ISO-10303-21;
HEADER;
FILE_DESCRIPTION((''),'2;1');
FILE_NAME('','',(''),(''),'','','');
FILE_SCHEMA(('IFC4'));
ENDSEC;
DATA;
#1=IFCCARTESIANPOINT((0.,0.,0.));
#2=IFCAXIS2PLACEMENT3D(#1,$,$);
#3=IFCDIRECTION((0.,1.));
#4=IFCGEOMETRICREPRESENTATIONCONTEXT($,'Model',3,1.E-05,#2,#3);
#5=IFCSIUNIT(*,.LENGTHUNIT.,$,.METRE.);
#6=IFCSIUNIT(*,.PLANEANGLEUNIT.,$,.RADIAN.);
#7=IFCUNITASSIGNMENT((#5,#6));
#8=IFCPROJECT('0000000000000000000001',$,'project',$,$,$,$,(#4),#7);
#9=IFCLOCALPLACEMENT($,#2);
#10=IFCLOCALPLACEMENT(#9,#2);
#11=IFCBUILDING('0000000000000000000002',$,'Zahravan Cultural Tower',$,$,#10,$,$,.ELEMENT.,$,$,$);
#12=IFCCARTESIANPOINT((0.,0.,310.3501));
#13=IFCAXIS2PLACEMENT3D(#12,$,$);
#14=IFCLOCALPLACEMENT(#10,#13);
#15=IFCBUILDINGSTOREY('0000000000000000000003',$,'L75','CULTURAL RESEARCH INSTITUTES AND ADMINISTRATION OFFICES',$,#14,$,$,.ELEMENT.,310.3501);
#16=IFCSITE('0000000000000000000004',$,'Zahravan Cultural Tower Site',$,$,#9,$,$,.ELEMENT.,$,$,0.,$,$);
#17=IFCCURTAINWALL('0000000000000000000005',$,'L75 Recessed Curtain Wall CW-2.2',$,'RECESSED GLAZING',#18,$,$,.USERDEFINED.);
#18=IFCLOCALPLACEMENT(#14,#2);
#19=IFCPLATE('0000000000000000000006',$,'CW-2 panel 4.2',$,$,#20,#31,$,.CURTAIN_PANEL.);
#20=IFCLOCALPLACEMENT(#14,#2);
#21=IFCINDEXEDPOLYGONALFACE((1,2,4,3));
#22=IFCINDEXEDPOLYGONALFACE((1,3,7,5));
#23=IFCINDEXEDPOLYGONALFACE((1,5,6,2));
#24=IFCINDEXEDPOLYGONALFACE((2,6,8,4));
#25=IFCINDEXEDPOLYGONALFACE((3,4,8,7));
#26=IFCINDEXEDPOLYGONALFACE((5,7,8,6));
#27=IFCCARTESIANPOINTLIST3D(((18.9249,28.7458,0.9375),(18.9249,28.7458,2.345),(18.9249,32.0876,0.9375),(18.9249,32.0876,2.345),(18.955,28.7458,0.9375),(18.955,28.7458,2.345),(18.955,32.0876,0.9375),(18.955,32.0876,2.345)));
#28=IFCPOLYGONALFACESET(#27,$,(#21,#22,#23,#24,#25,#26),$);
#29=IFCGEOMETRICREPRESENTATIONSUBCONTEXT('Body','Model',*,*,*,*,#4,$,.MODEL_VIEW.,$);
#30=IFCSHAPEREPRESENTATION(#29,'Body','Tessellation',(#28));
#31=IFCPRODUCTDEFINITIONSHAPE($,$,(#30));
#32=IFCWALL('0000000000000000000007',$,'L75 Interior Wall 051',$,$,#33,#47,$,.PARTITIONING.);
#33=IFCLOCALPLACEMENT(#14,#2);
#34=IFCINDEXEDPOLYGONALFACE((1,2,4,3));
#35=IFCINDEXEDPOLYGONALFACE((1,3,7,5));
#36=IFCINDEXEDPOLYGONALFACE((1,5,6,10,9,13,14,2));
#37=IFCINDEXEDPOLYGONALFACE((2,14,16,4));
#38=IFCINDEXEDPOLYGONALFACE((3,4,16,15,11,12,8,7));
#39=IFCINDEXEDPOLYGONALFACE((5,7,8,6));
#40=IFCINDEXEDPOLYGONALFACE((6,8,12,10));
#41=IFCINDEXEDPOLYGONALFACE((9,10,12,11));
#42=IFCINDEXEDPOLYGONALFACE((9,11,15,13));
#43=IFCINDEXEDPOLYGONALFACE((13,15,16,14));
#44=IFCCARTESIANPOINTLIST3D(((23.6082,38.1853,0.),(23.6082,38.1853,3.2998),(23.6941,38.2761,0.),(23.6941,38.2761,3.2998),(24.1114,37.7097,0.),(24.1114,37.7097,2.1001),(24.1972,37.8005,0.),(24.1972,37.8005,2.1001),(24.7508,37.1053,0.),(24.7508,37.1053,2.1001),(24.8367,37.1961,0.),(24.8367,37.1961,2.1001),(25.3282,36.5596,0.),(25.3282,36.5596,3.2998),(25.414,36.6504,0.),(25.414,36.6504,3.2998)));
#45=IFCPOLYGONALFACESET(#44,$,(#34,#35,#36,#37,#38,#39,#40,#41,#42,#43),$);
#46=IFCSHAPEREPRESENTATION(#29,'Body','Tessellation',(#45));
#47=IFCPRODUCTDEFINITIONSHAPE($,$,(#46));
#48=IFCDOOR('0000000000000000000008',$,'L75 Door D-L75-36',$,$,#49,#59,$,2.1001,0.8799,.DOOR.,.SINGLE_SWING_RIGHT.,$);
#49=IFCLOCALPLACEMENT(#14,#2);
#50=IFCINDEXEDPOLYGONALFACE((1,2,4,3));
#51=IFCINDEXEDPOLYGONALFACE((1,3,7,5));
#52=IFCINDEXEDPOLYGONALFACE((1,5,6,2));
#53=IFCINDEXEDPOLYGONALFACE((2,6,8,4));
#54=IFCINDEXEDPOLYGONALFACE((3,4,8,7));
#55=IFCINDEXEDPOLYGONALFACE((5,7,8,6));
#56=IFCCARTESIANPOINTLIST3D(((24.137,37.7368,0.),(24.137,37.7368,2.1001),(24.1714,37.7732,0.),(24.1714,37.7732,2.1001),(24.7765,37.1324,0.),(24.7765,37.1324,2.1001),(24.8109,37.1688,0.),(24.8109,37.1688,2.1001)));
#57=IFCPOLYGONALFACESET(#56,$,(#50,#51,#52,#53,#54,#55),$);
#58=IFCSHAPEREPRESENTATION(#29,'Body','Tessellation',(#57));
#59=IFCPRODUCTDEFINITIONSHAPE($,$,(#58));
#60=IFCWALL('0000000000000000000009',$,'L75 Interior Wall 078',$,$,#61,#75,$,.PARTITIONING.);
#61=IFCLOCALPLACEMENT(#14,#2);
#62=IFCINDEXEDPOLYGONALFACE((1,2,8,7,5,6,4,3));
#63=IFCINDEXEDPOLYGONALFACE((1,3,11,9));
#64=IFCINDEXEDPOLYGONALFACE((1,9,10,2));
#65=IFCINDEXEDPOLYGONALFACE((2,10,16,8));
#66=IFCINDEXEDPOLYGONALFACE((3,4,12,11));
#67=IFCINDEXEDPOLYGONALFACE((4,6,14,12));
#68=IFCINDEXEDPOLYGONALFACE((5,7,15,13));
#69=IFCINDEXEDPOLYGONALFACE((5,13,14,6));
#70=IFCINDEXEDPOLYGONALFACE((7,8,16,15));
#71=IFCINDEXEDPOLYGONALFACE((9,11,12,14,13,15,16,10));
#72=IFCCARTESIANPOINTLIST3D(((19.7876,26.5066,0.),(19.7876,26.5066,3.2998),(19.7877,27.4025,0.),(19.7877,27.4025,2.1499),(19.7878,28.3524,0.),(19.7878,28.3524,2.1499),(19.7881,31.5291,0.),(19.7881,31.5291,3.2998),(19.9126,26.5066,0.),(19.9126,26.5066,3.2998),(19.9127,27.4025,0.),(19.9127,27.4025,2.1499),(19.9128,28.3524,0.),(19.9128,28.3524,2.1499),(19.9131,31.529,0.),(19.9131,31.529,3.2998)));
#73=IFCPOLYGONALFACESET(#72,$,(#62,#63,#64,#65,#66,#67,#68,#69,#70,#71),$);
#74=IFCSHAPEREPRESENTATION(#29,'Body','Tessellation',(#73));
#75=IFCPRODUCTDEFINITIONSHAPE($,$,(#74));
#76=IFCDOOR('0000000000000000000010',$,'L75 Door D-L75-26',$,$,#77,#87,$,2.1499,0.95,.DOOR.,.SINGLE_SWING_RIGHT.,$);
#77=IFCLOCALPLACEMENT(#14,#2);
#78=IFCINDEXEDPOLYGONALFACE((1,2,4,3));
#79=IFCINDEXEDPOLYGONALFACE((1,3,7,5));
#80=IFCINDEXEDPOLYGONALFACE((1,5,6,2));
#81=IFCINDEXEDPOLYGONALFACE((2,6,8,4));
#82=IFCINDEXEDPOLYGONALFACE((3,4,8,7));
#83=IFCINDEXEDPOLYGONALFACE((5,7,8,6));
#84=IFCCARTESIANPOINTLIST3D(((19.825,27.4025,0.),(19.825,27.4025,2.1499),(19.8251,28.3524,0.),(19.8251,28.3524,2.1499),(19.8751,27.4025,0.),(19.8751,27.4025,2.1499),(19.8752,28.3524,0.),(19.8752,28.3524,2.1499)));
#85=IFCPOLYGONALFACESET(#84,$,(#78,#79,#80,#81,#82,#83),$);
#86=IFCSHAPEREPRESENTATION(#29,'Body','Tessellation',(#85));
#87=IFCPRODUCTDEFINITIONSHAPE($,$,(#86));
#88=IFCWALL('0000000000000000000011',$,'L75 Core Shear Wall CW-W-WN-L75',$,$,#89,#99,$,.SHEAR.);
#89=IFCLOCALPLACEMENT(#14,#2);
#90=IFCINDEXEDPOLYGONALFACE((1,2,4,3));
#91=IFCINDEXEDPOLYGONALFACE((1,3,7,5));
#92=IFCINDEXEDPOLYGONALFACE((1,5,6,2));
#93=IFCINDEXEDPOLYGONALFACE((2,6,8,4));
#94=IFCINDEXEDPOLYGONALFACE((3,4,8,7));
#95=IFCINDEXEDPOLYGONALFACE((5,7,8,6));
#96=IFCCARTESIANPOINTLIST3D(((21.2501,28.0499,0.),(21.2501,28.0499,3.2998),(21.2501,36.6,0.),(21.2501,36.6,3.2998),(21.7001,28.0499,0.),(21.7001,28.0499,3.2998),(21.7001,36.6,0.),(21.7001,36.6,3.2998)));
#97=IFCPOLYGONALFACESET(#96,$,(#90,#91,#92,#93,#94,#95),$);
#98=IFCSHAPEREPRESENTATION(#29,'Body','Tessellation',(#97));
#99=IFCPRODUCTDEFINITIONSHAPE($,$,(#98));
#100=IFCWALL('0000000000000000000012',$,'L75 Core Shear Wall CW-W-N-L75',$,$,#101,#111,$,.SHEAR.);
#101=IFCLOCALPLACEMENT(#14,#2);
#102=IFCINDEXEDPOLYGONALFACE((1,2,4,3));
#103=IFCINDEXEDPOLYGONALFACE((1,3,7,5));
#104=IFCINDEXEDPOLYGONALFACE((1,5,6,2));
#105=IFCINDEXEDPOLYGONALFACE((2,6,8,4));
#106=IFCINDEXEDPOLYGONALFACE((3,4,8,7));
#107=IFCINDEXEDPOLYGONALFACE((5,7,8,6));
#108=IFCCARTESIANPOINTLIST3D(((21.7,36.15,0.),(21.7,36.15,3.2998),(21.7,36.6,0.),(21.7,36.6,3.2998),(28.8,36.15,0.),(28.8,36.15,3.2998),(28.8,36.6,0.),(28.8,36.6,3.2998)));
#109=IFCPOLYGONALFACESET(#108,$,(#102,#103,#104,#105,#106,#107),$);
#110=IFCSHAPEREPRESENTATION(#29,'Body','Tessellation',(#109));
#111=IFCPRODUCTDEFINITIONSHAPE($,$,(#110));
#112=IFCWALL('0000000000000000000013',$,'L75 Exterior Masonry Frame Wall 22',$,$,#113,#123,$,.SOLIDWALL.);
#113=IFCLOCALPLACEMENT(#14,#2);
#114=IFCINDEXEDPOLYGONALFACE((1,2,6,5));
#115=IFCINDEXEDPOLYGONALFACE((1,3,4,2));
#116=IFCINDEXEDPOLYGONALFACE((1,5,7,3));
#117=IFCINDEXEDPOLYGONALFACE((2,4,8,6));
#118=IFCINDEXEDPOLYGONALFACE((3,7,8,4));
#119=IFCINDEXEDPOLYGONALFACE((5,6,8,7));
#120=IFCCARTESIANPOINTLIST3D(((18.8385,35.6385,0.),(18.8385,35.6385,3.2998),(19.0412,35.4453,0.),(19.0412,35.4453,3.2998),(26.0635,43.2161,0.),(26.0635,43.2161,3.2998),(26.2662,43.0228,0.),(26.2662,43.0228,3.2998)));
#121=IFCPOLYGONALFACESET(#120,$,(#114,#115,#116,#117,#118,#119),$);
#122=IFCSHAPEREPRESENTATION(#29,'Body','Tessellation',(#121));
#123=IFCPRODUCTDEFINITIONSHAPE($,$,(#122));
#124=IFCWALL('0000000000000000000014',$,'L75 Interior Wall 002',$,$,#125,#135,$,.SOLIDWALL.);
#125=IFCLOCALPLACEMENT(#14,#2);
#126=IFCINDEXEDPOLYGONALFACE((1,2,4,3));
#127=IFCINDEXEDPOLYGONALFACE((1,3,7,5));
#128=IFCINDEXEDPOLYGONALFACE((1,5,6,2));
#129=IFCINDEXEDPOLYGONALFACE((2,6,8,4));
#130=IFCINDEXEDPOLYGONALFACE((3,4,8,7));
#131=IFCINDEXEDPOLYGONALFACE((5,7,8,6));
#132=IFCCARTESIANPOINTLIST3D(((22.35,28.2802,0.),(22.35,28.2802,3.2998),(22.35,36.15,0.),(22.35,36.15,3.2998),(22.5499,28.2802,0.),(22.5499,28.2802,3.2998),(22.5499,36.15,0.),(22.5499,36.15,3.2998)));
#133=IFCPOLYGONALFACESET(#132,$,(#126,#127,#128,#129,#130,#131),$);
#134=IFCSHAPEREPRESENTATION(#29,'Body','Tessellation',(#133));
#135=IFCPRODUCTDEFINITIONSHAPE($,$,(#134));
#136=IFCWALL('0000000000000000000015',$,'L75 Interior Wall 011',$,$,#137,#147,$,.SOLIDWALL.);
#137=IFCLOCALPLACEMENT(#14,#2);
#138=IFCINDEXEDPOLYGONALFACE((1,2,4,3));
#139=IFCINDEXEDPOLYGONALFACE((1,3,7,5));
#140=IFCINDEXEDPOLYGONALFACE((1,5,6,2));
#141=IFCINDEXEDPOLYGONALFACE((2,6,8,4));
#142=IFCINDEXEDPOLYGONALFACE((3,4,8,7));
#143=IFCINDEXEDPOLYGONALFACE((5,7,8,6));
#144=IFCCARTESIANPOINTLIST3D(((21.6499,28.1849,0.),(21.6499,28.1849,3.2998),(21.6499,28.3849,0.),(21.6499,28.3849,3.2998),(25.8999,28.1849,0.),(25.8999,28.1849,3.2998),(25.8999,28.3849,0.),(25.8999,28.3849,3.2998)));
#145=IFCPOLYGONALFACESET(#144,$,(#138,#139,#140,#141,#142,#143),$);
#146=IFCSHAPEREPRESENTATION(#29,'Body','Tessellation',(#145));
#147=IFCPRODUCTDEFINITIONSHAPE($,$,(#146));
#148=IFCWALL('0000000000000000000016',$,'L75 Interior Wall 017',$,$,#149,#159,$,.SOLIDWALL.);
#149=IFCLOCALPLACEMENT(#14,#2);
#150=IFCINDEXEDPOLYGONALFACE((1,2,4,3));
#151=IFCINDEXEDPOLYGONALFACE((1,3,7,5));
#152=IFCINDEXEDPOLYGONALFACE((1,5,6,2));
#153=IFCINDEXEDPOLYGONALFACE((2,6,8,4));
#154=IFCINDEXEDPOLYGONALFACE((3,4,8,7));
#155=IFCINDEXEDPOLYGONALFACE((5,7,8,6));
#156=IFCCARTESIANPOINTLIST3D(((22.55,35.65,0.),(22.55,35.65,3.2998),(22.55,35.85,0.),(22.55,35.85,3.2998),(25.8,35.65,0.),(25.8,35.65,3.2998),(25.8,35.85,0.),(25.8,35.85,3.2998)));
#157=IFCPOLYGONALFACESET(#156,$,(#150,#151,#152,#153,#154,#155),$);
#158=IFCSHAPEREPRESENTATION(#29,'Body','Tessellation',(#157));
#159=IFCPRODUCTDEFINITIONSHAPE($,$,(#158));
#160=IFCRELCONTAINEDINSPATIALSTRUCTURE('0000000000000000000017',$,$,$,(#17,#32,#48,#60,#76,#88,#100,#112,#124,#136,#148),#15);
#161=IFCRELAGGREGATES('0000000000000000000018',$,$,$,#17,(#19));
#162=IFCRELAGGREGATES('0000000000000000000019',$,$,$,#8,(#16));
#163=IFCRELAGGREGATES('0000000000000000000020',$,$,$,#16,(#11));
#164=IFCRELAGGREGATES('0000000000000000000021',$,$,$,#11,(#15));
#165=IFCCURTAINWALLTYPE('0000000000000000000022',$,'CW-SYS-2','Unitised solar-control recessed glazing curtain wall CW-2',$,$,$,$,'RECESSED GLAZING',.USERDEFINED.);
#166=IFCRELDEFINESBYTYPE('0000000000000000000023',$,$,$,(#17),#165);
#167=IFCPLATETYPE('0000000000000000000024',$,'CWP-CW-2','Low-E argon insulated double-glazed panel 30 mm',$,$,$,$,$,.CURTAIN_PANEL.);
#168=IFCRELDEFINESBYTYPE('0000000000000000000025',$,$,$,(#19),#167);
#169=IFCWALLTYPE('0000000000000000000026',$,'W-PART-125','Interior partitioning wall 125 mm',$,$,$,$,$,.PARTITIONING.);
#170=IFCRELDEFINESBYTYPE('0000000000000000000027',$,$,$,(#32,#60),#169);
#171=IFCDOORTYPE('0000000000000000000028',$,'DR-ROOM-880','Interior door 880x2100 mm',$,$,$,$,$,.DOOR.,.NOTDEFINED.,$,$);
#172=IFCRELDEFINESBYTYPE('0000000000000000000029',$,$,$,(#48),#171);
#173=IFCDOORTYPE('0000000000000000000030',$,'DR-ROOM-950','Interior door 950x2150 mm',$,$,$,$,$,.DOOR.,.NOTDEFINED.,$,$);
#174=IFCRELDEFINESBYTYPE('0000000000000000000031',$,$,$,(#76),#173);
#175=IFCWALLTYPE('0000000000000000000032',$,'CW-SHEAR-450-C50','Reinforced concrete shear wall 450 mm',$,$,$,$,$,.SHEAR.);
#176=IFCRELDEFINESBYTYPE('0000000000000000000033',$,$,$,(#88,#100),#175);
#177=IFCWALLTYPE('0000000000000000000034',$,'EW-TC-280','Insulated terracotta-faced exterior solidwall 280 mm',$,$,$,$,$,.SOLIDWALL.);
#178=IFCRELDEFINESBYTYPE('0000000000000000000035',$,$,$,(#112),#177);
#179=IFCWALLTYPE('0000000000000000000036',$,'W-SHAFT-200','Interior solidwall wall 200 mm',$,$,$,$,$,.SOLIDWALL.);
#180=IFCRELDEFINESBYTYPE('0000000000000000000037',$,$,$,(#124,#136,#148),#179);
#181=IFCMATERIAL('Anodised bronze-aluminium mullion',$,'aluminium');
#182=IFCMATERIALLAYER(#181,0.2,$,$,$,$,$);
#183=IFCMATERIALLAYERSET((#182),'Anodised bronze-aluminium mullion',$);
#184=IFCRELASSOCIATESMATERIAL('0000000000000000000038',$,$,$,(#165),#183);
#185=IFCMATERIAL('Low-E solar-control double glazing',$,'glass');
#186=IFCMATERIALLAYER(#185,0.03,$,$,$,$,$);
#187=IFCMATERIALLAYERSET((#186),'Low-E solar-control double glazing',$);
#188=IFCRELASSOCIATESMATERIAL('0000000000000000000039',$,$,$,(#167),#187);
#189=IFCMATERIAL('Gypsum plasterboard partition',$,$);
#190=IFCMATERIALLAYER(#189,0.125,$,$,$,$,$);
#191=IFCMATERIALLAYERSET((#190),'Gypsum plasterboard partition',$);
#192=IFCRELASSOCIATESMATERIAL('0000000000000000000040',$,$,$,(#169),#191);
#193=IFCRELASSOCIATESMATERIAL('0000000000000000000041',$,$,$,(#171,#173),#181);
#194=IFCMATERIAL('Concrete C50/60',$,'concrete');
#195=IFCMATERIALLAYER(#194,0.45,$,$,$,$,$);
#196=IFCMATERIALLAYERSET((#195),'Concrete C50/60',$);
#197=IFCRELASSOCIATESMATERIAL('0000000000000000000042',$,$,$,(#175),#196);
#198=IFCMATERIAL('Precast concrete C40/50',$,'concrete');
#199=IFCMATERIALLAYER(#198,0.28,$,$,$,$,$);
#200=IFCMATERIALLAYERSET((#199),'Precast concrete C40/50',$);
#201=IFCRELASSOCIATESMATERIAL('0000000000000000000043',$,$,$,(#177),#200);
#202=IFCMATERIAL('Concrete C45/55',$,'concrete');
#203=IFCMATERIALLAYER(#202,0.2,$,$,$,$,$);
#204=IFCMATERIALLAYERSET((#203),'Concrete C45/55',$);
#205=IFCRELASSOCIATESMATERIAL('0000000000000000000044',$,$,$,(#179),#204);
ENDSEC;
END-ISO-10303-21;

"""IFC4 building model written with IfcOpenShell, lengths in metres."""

from ifc_helpers import new_model, si_unit, direction, frame, frame_2d, origin, origin_2d, place, context, subcontext, project, spatial, rectangle, extrude, source, transform, mapped, material, layer, layer_set, type_object, element, fill, aggregate, save


model = new_model("IFC4")

# Units and contexts
model_context = context("Model", 3, precision=1e-05, world=origin(), true_north=direction((0.0, 1.0)))
body_context = subcontext(model_context, "Body", "Model", "MODEL_VIEW")
ifc_project = project(units=[si_unit("LENGTHUNIT", "METRE"), si_unit("PLANEANGLEUNIT", "RADIAN")], contexts=[model_context])

# Site, building, storey
site_placement = place(None, origin())
site = spatial("IfcSite", under=ifc_project, at=site_placement, Name="Zahravan Cultural Tower Site", CompositionType="ELEMENT", RefElevation=0.0)
building_placement = place(site_placement, origin())
building = spatial("IfcBuilding", under=site, at=building_placement, Name="Zahravan Cultural Tower", CompositionType="ELEMENT")
storey_placement = place(building_placement, frame((0.0, 0.0, 310.3501)))
storey = spatial("IfcBuildingStorey", under=building, at=storey_placement, Name="L75", Description="CULTURAL RESEARCH INSTITUTES AND ADMINISTRATION OFFICES", CompositionType="ELEMENT", Elevation=310.3501)

# Shared definitions
ifc_material_1 = material(Name="Concrete C50/60", Category="concrete")

# Curtain wall, plate
ifc_material_2 = material(Name="Anodised bronze-aluminium mullion", Category="aluminium")
ifc_layer_1 = layer(ifc_material_2, 0.2)
ifc_layer_set_1 = layer_set([ifc_layer_1], Name="Anodised bronze-aluminium mullion")
curtain_wall_type = type_object("IfcCurtainWallType", Name="CW-SYS-2", Description="Unitised solar-control recessed glazing curtain wall CW-2", ElementType="RECESSED GLAZING", PredefinedType="USERDEFINED", material=ifc_layer_set_1)
curtain_wall_placement = place(storey_placement, origin())
curtain_wall = element("IfcCurtainWall", 1, at=curtain_wall_placement, inside=storey, type_object=curtain_wall_type, Name="L75 Recessed Curtain Wall CW-2.2", ObjectType="RECESSED GLAZING", PredefinedType="USERDEFINED")
ifc_material_3 = material(Name="Low-E solar-control double glazing", Category="glass")
ifc_layer_2 = layer(ifc_material_3, 0.03)
ifc_layer_set_2 = layer_set([ifc_layer_2], Name="Low-E solar-control double glazing")
plate_type = type_object("IfcPlateType", Name="CWP-CW-2", Description="Low-E argon insulated double-glazed panel 30 mm", PredefinedType="CURTAIN_PANEL", material=ifc_layer_set_2)
shared_shape_1 = source(origin(), body_context, "Body", "SweptSolid", [
    extrude(rectangle(XDim=3.3418, YDim=0.03, at=origin_2d()), origin(), (0.0, 0.0, 1.0), 1.4075),
])
plate_1_placement = place(storey_placement, frame((18.9399, 30.4167, 0.9375), z_axis=(0.0, 0.0, 1.0), x_axis=(0.0, 1.0, 0.0)))
plate_1 = element("IfcPlate", 2, at=plate_1_placement, type_object=plate_type, Name="CW-2 panel 4.2", PredefinedType="CURTAIN_PANEL", context=body_context, shape_type="MappedRepresentation", body=[
    mapped(shared_shape_1, transform((0.0, 0.0, 0.0), x_axis=(1.0, 0.0, 0.0), y_axis=(0.0, 1.0, 0.0), z_axis=(0.0, 0.0, 1.0), scale=1.0)),
])
aggregate(curtain_wall, [plate_1])

# Walls, openings, doors
ifc_material_4 = material(Name="Gypsum plasterboard partition")
ifc_layer_3 = layer(ifc_material_4, 0.125)
ifc_layer_set_3 = layer_set([ifc_layer_3], Name="Gypsum plasterboard partition")
wall_type_1 = type_object("IfcWallType", Name="W-PART-125", Description="Interior partitioning wall 125 mm", PredefinedType="PARTITIONING", material=ifc_layer_set_3)
wall_1_placement = place(storey_placement, frame((23.6511, 38.2307, 0.0), z_axis=(0.0, 0.0, 1.0), x_axis=(0.726736, -0.686917, 0.0)))
wall_1 = element("IfcWall", 3, at=wall_1_placement, inside=storey, type_object=wall_type_1, Name="L75 Interior Wall 051", PredefinedType="PARTITIONING", context=body_context, shape_type="SweptSolid", body=[
    extrude(rectangle(XDim=2.3667, YDim=0.125, at=frame_2d((1.1833, 0.0))), origin(), (0.0, 0.0, 1.0), 3.2998),
])
opening_1_placement = place(wall_1_placement, frame((0.6924, 0.0, 0.0)))
opening_1 = element("IfcOpeningElement", 4, at=opening_1_placement, cuts=wall_1, PredefinedType="OPENING", context=body_context, shape_type="SweptSolid", body=[
    extrude(rectangle(XDim=0.8799, YDim=2.1001, at=frame_2d((0.4399, 1.05))), frame((0.0, 0.0725, 0.0), z_axis=(0.0, -1.0, 0.0), x_axis=(1.0, 0.0, 0.0)), (0.0, 0.0, 1.0), 0.145),
])
door_type_1 = type_object("IfcDoorType", Name="DR-ROOM-880", Description="Interior door 880x2100 mm", OperationType="NOTDEFINED", PredefinedType="DOOR", material=ifc_material_2)
shared_shape_2 = source(origin(), body_context, "Body", "SweptSolid", [
    extrude(rectangle(XDim=0.8799, YDim=2.1001, at=frame_2d((0.4399, 1.05))), frame((0.0, 0.0249, 0.0), z_axis=(0.0, -1.0, 0.0), x_axis=(1.0, 0.0, 0.0)), (0.0, 0.0, 1.0), 0.05),
])
door_1_placement = place(opening_1_placement, origin())
door_1 = element("IfcDoor", 5, at=door_1_placement, inside=storey, type_object=door_type_1, Name="L75 Door D-L75-36", OperationType="SINGLE_SWING_RIGHT", OverallHeight=2.1001, OverallWidth=0.8799, PredefinedType="DOOR", context=body_context, shape_type="MappedRepresentation", body=[
    mapped(shared_shape_2, transform((0.0, 0.0, 0.0), x_axis=(1.0, 0.0, 0.0), y_axis=(0.0, 1.0, 0.0), z_axis=(0.0, 0.0, 1.0), scale=1.0)),
])
fill(opening_1, door_1)
wall_2_placement = place(storey_placement, frame((19.8506, 31.5291, 0.0), z_axis=(0.0, 0.0, 1.0), x_axis=(-0.000097, -1.0, 0.0)))
wall_2 = element("IfcWall", 6, at=wall_2_placement, inside=storey, type_object=wall_type_1, Name="L75 Interior Wall 078", PredefinedType="PARTITIONING", context=body_context, shape_type="SweptSolid", body=[
    extrude(rectangle(XDim=5.0225, YDim=0.125, at=frame_2d((2.5112, 0.0))), origin(), (0.0, 0.0, 1.0), 3.2998),
])
opening_2_placement = place(wall_2_placement, frame((3.1765, 0.0, 0.0)))
opening_2 = element("IfcOpeningElement", 7, at=opening_2_placement, cuts=wall_2, PredefinedType="OPENING", context=body_context, shape_type="SweptSolid", body=[
    extrude(rectangle(XDim=0.95, YDim=2.1499, at=frame_2d((0.4751, 1.075))), frame((0.0, 0.0725, 0.0), z_axis=(0.0, -1.0, 0.0), x_axis=(1.0, 0.0, 0.0)), (0.0, 0.0, 1.0), 0.145),
])
door_type_2 = type_object("IfcDoorType", Name="DR-ROOM-950", Description="Interior door 950x2150 mm", OperationType="NOTDEFINED", PredefinedType="DOOR", material=ifc_material_2)
shared_shape_3 = source(origin(), body_context, "Body", "SweptSolid", [
    extrude(rectangle(XDim=0.95, YDim=2.1499, at=frame_2d((0.4751, 1.075))), frame((0.0, 0.0249, 0.0), z_axis=(0.0, -1.0, 0.0), x_axis=(1.0, 0.0, 0.0)), (0.0, 0.0, 1.0), 0.05),
])
door_2_placement = place(opening_2_placement, origin())
door_2 = element("IfcDoor", 8, at=door_2_placement, inside=storey, type_object=door_type_2, Name="L75 Door D-L75-26", OperationType="SINGLE_SWING_RIGHT", OverallHeight=2.1499, OverallWidth=0.95, PredefinedType="DOOR", context=body_context, shape_type="MappedRepresentation", body=[
    mapped(shared_shape_3, transform((0.0, 0.0, 0.0), x_axis=(1.0, 0.0, 0.0), y_axis=(0.0, 1.0, 0.0), z_axis=(0.0, 0.0, 1.0), scale=1.0)),
])
fill(opening_2, door_2)

# Walls
ifc_layer_4 = layer(ifc_material_1, 0.45)
ifc_layer_set_4 = layer_set([ifc_layer_4], Name="Concrete C50/60")
wall_type_2 = type_object("IfcWallType", Name="CW-SHEAR-450-C50", Description="Reinforced concrete shear wall 450 mm", PredefinedType="SHEAR", material=ifc_layer_set_4)
shared_shape_4 = source(origin(), body_context, "Body", "SweptSolid", [
    extrude(rectangle(XDim=8.55, YDim=0.45, at=frame_2d((4.2749, 0.0))), origin(), (0.0, 0.0, 1.0), 3.2998),
])
wall_3_placement = place(storey_placement, frame((21.4751, 28.05, 0.0), z_axis=(0.0, 0.0, 1.0), x_axis=(0.0, 1.0, 0.0)))
element("IfcWall", 9, at=wall_3_placement, inside=storey, type_object=wall_type_2, Name="L75 Core Shear Wall CW-W-WN-L75", PredefinedType="SHEAR", context=body_context, shape_type="MappedRepresentation", body=[
    mapped(shared_shape_4, transform((0.0, 0.0, 0.0), x_axis=(1.0, 0.0, 0.0), y_axis=(0.0, 1.0, 0.0), z_axis=(0.0, 0.0, 1.0), scale=1.0)),
])
shared_shape_5 = source(origin(), body_context, "Body", "SweptSolid", [
    extrude(rectangle(XDim=7.1001, YDim=0.45, at=frame_2d((3.55, 0.0))), origin(), (0.0, 0.0, 1.0), 3.2998),
])
wall_4_placement = place(storey_placement, frame((21.7, 36.375, 0.0), z_axis=(0.0, 0.0, 1.0), x_axis=(1.0, 0.0, 0.0)))
element("IfcWall", 10, at=wall_4_placement, inside=storey, type_object=wall_type_2, Name="L75 Core Shear Wall CW-W-N-L75", PredefinedType="SHEAR", context=body_context, shape_type="MappedRepresentation", body=[
    mapped(shared_shape_5, transform((0.0, 0.0, 0.0), x_axis=(1.0, 0.0, 0.0), y_axis=(0.0, 1.0, 0.0), z_axis=(0.0, 0.0, 1.0), scale=1.0)),
])
ifc_material_5 = material(Name="Precast concrete C40/50", Category="concrete")
ifc_layer_5 = layer(ifc_material_5, 0.28)
ifc_layer_set_5 = layer_set([ifc_layer_5], Name="Precast concrete C40/50")
wall_type_3 = type_object("IfcWallType", Name="EW-TC-280", Description="Insulated terracotta-faced exterior solidwall 280 mm", PredefinedType="SOLIDWALL", material=ifc_layer_set_5)
shared_shape_6 = source(origin(), body_context, "Body", "SweptSolid", [
    extrude(rectangle(XDim=10.47, YDim=0.28, at=frame_2d((5.2349, 0.0))), origin(), (0.0, 0.0, 1.0), 3.2998),
])
wall_5_placement = place(storey_placement, frame((18.9399, 35.542, 0.0), z_axis=(0.0, 0.0, 1.0), x_axis=(0.690071, 0.723742, 0.0)))
element("IfcWall", 11, at=wall_5_placement, inside=storey, type_object=wall_type_3, Name="L75 Exterior Masonry Frame Wall 22", PredefinedType="SOLIDWALL", context=body_context, shape_type="MappedRepresentation", body=[
    mapped(shared_shape_6, transform((0.0, 0.0, 0.0), x_axis=(1.0, 0.0, 0.0), y_axis=(0.0, 1.0, 0.0), z_axis=(0.0, 0.0, 1.0), scale=1.0)),
])
ifc_material_6 = material(Name="Concrete C45/55", Category="concrete")
ifc_layer_6 = layer(ifc_material_6, 0.2)
ifc_layer_set_6 = layer_set([ifc_layer_6], Name="Concrete C45/55")
wall_type_4 = type_object("IfcWallType", Name="W-SHAFT-200", Description="Interior solidwall wall 200 mm", PredefinedType="SOLIDWALL", material=ifc_layer_set_6)
shared_shape_7 = source(origin(), body_context, "Body", "SweptSolid", [
    extrude(rectangle(XDim=7.8699, YDim=0.2, at=frame_2d((3.9351, 0.0))), origin(), (0.0, 0.0, 1.0), 3.2998),
])
wall_6_placement = place(storey_placement, frame((22.45, 28.28, 0.0), z_axis=(0.0, 0.0, 1.0), x_axis=(0.0, 1.0, 0.0)))
element("IfcWall", 12, at=wall_6_placement, inside=storey, type_object=wall_type_4, Name="L75 Interior Wall 002", PredefinedType="SOLIDWALL", context=body_context, shape_type="MappedRepresentation", body=[
    mapped(shared_shape_7, transform((0.0, 0.0, 0.0), x_axis=(1.0, 0.0, 0.0), y_axis=(0.0, 1.0, 0.0), z_axis=(0.0, 0.0, 1.0), scale=1.0)),
])
shared_shape_8 = source(origin(), body_context, "Body", "SweptSolid", [
    extrude(rectangle(XDim=4.25, YDim=0.2, at=frame_2d((2.125, 0.0))), origin(), (0.0, 0.0, 1.0), 3.2998),
])
wall_7_placement = place(storey_placement, frame((21.6499, 28.2849, 0.0), z_axis=(0.0, 0.0, 1.0), x_axis=(1.0, 0.0, 0.0)))
element("IfcWall", 13, at=wall_7_placement, inside=storey, type_object=wall_type_4, Name="L75 Interior Wall 011", PredefinedType="SOLIDWALL", context=body_context, shape_type="MappedRepresentation", body=[
    mapped(shared_shape_8, transform((0.0, 0.0, 0.0), x_axis=(1.0, 0.0, 0.0), y_axis=(0.0, 1.0, 0.0), z_axis=(0.0, 0.0, 1.0), scale=1.0)),
])
shared_shape_9 = source(origin(), body_context, "Body", "SweptSolid", [
    extrude(rectangle(XDim=3.25, YDim=0.2, at=frame_2d((1.625, 0.0))), origin(), (0.0, 0.0, 1.0), 3.2998),
])
wall_8_placement = place(storey_placement, frame((22.55, 35.75, 0.0), z_axis=(0.0, 0.0, 1.0), x_axis=(1.0, 0.0, 0.0)))
element("IfcWall", 14, at=wall_8_placement, inside=storey, type_object=wall_type_4, Name="L75 Interior Wall 017", PredefinedType="SOLIDWALL", context=body_context, shape_type="MappedRepresentation", body=[
    mapped(shared_shape_9, transform((0.0, 0.0, 0.0), x_axis=(1.0, 0.0, 0.0), y_axis=(0.0, 1.0, 0.0), z_axis=(0.0, 0.0, 1.0), scale=1.0)),
])

save(model, "model.ifc")
